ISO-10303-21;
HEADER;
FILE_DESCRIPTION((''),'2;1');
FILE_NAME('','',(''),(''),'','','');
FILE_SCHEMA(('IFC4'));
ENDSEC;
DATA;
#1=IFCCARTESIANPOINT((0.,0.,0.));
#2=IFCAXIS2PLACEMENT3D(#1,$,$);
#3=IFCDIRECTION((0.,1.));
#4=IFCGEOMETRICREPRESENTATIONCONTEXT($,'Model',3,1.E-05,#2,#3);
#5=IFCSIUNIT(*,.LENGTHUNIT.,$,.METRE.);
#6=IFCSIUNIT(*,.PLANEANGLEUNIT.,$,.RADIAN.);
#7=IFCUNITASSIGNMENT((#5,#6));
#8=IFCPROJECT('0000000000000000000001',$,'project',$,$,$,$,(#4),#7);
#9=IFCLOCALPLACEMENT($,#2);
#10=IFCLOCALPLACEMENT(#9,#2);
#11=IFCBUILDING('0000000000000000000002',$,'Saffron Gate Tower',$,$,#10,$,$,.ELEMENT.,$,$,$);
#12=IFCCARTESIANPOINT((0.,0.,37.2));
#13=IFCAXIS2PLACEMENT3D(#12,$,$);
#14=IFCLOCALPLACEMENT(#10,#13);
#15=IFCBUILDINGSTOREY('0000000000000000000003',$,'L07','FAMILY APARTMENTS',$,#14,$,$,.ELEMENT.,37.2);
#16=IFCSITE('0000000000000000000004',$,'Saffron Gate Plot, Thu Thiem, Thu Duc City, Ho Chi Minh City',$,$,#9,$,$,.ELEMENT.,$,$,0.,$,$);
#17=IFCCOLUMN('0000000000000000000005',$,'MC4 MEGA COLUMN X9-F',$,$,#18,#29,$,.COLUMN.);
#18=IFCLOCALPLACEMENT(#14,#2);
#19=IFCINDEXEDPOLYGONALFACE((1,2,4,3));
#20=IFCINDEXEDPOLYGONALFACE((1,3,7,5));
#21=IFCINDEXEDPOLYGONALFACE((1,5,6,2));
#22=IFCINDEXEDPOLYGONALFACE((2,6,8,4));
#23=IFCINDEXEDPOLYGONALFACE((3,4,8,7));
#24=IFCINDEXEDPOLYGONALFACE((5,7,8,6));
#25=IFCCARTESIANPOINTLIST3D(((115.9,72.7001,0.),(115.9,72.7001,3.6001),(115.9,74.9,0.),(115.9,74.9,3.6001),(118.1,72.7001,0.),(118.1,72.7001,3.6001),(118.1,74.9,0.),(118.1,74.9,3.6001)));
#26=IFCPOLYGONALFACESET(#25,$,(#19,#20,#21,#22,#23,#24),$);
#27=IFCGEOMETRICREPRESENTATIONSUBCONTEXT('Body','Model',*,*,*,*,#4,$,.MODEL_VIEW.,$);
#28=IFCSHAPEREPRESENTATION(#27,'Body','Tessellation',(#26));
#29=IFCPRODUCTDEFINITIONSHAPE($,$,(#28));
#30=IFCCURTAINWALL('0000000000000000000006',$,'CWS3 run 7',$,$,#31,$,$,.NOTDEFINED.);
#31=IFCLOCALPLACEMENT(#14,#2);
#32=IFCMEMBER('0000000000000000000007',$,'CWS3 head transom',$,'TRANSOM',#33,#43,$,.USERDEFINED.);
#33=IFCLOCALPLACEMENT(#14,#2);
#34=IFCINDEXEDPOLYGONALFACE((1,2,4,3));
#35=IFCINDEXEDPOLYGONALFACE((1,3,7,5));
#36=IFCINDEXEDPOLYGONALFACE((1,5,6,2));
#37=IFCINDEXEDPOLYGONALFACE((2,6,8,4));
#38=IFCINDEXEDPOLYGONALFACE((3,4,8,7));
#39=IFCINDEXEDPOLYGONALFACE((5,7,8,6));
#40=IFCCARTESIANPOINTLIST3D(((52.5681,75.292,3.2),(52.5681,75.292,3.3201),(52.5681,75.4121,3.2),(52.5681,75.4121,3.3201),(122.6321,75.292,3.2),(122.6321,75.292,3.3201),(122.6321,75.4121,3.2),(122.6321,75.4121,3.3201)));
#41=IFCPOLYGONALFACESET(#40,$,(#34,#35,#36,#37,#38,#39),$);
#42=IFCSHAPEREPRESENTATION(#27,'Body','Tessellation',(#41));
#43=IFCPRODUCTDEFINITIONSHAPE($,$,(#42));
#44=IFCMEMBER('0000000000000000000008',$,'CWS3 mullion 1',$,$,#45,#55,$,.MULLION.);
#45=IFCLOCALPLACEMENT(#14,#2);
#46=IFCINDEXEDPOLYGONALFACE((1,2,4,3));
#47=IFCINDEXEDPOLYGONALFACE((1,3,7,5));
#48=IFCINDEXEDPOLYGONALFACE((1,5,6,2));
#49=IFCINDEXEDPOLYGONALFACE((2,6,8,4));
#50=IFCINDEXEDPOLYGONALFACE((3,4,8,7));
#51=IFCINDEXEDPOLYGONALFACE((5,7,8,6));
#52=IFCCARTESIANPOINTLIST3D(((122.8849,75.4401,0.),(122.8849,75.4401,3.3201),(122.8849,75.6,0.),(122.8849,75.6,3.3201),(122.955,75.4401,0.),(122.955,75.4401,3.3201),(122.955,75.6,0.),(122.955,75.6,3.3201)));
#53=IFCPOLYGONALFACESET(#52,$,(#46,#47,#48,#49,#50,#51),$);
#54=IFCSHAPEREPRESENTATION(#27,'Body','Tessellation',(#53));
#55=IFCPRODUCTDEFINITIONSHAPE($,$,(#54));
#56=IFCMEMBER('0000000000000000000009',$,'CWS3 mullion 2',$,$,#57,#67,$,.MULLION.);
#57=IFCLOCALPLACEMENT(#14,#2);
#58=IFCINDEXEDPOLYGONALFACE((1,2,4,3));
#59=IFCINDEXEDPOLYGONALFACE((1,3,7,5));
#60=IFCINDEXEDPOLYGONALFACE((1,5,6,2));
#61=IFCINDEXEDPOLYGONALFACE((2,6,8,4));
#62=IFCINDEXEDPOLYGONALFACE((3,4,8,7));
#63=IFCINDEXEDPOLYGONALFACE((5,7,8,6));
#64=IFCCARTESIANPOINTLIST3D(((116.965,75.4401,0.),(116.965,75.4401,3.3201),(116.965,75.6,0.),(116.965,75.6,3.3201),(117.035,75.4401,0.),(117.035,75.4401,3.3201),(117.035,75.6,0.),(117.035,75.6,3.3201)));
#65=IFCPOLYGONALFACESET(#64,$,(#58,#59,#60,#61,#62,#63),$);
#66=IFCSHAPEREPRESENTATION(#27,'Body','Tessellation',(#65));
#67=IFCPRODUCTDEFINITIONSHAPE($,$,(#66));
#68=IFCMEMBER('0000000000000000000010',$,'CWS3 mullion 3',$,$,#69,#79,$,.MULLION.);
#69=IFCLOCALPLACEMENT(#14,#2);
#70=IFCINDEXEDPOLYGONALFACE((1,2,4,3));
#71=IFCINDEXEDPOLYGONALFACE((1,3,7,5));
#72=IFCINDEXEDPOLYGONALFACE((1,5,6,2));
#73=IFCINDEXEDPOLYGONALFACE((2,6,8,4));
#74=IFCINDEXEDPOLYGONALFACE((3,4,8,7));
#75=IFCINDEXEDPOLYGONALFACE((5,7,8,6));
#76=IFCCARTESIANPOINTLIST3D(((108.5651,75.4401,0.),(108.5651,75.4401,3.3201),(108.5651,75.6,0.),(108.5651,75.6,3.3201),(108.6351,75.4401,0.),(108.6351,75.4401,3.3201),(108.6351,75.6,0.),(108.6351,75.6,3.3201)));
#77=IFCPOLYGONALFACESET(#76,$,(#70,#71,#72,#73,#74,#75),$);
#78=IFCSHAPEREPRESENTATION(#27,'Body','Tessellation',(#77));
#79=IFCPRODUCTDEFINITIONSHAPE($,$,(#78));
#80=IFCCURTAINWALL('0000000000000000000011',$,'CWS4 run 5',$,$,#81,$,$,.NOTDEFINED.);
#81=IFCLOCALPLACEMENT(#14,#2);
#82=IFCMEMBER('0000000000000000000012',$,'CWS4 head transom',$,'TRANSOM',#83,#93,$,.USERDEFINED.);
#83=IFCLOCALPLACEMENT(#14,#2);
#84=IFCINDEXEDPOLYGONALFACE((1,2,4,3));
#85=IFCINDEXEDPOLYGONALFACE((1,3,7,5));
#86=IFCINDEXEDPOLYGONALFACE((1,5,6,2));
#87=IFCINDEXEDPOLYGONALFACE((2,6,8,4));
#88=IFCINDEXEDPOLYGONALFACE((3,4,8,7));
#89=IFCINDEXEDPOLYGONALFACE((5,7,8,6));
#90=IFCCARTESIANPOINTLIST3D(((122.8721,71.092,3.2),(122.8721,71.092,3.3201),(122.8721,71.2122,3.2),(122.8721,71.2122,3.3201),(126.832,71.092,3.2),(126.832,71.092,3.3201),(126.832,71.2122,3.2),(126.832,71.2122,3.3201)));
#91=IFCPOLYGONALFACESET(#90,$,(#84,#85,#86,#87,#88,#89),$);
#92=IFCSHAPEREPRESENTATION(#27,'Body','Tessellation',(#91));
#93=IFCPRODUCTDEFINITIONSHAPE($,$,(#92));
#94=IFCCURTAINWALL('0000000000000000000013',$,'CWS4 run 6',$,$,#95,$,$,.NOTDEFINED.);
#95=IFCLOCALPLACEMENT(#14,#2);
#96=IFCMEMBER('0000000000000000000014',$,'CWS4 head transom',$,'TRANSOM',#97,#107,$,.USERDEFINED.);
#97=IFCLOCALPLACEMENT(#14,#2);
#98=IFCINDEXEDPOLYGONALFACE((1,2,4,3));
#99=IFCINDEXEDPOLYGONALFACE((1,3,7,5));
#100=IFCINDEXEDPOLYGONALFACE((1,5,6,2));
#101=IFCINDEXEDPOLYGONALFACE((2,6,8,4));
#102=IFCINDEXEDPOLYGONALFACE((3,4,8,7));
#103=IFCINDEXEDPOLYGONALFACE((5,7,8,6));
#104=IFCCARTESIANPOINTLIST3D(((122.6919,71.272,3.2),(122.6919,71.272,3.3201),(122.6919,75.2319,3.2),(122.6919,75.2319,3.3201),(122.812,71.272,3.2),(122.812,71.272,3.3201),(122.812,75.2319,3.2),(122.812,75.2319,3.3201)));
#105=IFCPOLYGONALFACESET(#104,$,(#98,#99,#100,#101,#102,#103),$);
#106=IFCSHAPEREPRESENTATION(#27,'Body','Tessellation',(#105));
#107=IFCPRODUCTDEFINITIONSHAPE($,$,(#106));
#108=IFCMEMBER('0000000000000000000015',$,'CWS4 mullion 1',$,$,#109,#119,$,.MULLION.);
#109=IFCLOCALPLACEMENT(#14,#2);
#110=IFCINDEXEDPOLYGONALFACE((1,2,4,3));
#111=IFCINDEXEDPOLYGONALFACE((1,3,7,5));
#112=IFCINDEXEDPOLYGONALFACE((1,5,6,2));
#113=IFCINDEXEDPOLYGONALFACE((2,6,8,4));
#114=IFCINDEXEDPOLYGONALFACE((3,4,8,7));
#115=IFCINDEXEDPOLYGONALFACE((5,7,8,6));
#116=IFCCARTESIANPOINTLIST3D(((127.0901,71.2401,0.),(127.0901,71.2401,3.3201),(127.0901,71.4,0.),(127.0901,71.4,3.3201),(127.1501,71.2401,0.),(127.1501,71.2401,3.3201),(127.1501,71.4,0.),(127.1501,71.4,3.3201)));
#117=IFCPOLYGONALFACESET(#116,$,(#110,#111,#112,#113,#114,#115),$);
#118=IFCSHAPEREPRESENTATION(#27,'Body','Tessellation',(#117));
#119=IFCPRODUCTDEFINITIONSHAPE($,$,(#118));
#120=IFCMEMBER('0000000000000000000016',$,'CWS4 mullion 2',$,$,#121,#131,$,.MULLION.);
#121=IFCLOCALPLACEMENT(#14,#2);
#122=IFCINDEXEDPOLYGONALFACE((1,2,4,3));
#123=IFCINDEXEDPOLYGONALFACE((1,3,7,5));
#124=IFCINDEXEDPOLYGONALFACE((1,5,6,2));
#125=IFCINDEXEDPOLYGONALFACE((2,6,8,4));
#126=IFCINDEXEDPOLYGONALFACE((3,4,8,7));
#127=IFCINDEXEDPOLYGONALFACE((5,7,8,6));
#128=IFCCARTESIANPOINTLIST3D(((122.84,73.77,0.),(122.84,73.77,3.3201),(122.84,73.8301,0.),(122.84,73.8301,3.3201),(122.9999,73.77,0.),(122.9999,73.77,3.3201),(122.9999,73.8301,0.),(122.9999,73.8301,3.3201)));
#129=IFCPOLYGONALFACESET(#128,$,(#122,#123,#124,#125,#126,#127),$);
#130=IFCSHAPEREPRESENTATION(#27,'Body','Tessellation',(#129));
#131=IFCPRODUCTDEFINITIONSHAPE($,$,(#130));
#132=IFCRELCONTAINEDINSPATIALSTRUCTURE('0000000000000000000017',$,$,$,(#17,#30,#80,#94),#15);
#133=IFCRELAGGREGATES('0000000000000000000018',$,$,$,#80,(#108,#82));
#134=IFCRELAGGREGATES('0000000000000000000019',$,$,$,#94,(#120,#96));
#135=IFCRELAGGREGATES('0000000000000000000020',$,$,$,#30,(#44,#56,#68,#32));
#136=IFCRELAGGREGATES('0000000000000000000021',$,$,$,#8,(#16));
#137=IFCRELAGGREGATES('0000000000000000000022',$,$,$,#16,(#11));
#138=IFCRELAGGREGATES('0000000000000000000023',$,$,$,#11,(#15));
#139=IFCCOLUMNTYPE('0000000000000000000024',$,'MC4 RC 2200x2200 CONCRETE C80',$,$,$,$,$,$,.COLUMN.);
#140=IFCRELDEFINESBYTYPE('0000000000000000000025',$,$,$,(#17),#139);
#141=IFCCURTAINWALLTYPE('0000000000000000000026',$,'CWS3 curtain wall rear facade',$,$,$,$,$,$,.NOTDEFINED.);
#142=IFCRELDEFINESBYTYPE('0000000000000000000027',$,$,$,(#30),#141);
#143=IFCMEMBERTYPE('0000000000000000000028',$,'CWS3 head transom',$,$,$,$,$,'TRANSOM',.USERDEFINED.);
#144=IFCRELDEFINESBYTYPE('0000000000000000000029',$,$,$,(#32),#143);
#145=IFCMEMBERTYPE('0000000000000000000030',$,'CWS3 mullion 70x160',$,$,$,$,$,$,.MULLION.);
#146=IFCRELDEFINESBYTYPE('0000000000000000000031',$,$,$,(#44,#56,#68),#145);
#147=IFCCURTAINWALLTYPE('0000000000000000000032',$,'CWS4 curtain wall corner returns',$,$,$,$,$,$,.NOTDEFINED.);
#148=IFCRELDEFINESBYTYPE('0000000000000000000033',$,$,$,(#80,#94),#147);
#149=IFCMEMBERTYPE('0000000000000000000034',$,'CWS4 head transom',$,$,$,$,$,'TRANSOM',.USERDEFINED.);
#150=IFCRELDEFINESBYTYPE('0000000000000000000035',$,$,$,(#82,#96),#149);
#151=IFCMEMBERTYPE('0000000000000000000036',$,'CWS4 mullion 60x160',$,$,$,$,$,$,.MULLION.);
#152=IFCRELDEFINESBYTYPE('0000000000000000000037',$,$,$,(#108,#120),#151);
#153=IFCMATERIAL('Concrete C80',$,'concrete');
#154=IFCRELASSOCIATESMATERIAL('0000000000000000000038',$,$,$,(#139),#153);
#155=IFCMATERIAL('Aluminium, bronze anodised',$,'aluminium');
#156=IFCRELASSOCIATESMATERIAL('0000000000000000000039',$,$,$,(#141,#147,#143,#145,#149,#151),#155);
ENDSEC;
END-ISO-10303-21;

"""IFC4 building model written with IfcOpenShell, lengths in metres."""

from ifc_helpers import new_model, si_unit, direction, frame, origin, origin_2d, place, context, subcontext, project, spatial, rectangle, extrude, material, material_profile, profile_set, type_object, element, aggregate, save


model = new_model("IFC4")

# Units and contexts
model_context = context("Model", 3, precision=1e-05, world=origin(), true_north=direction((0.0, 1.0)))
body_context = subcontext(model_context, "Body", "Model", "MODEL_VIEW")
ifc_project = project(units=[si_unit("LENGTHUNIT", "METRE"), si_unit("PLANEANGLEUNIT", "RADIAN")], contexts=[model_context])

# Site, building, storey
site_placement = place(None, origin())
site = spatial("IfcSite", under=ifc_project, at=site_placement, Name="Saffron Gate Plot, Thu Thiem, Thu Duc City, Ho Chi Minh City", CompositionType="ELEMENT", RefElevation=0.0)
building_placement = place(site_placement, origin())
building = spatial("IfcBuilding", under=site, at=building_placement, Name="Saffron Gate Tower", CompositionType="ELEMENT")
storey_placement = place(building_placement, frame((0.0, 0.0, 37.2)))
storey = spatial("IfcBuildingStorey", under=building, at=storey_placement, Name="L07", Description="FAMILY APARTMENTS", CompositionType="ELEMENT", Elevation=37.2)

# Column
ifc_material_1 = material(Name="Concrete C80", Category="concrete")
ifc_material_profile_1 = material_profile(ifc_material_1, rectangle(XDim=2.2, YDim=2.2, at=origin_2d()))
ifc_profile_set_1 = profile_set([ifc_material_profile_1], Name="Concrete C80")
column_type = type_object("IfcColumnType", Name="MC4 RC 2200x2200 CONCRETE C80", PredefinedType="COLUMN", material=ifc_profile_set_1)
column_placement = place(storey_placement, frame((117.0, 73.8, 0.0), z_axis=(0.0, 0.0, 1.0), x_axis=(1.0, 0.0, 0.0)))
element("IfcColumn", 1, at=column_placement, inside=storey, type_object=column_type, Name="MC4 MEGA COLUMN X9-F", PredefinedType="COLUMN", context=body_context, shape_type="SweptSolid", body=[
    extrude(rectangle(XDim=2.2, YDim=2.2, at=origin_2d()), origin(), (0.0, 0.0, 1.0), 3.6001),
])

# Curtain wall, members
ifc_material_2 = material(Name="Aluminium, bronze anodised", Category="aluminium")
curtain_wall_type_1 = type_object("IfcCurtainWallType", Name="CWS3 curtain wall rear facade", PredefinedType="NOTDEFINED", material=ifc_material_2)
curtain_wall_1_placement = place(storey_placement, origin())
curtain_wall_1 = element("IfcCurtainWall", 2, at=curtain_wall_1_placement, inside=storey, type_object=curtain_wall_type_1, Name="CWS3 run 7", PredefinedType="NOTDEFINED")
ifc_material_profile_2 = material_profile(ifc_material_2, rectangle(XDim=0.1201, YDim=0.1201, at=origin_2d()))
ifc_profile_set_2 = profile_set([ifc_material_profile_2], Name="Aluminium, bronze anodised")
member_type_1 = type_object("IfcMemberType", Name="CWS3 head transom", ElementType="TRANSOM", PredefinedType="USERDEFINED", material=ifc_profile_set_2)
member_1_placement = place(storey_placement, frame((122.6321, 75.3521, 3.26), z_axis=(-1.0, 0.0, 0.0), x_axis=(0.0, -1.0, 0.0)))
member_1 = element("IfcMember", 3, at=member_1_placement, type_object=member_type_1, Name="CWS3 head transom", ObjectType="TRANSOM", PredefinedType="USERDEFINED", context=body_context, shape_type="SweptSolid", body=[
    extrude(rectangle(XDim=0.1201, YDim=0.1201, at=origin_2d()), origin(), (0.0, 0.0, 1.0), 70.064),
])
ifc_material_profile_3 = material_profile(ifc_material_2, rectangle(XDim=0.1599, YDim=0.0701, at=origin_2d()))
ifc_profile_set_3 = profile_set([ifc_material_profile_3], Name="Aluminium, bronze anodised")
member_type_2 = type_object("IfcMemberType", Name="CWS3 mullion 70x160", PredefinedType="MULLION", material=ifc_profile_set_3)
member_2_placement = place(storey_placement, frame((122.9199, 75.52, 0.0), z_axis=(0.0, 0.0, 1.0), x_axis=(0.0, -1.0, 0.0)))
member_2 = element("IfcMember", 4, at=member_2_placement, type_object=member_type_2, Name="CWS3 mullion 1", PredefinedType="MULLION", context=body_context, shape_type="SweptSolid", body=[
    extrude(rectangle(XDim=0.1599, YDim=0.0701, at=origin_2d()), origin(), (0.0, 0.0, 1.0), 3.3201),
])
member_3_placement = place(storey_placement, frame((117.0, 75.52, 0.0), z_axis=(0.0, 0.0, 1.0), x_axis=(0.0, -1.0, 0.0)))
member_3 = element("IfcMember", 5, at=member_3_placement, type_object=member_type_2, Name="CWS3 mullion 2", PredefinedType="MULLION", context=body_context, shape_type="SweptSolid", body=[
    extrude(rectangle(XDim=0.1599, YDim=0.0701, at=origin_2d()), origin(), (0.0, 0.0, 1.0), 3.3201),
])
member_4_placement = place(storey_placement, frame((108.6001, 75.52, 0.0), z_axis=(0.0, 0.0, 1.0), x_axis=(0.0, -1.0, 0.0)))
member_4 = element("IfcMember", 6, at=member_4_placement, type_object=member_type_2, Name="CWS3 mullion 3", PredefinedType="MULLION", context=body_context, shape_type="SweptSolid", body=[
    extrude(rectangle(XDim=0.1599, YDim=0.0701, at=origin_2d()), origin(), (0.0, 0.0, 1.0), 3.3201),
])

# Curtain walls, members
curtain_wall_type_2 = type_object("IfcCurtainWallType", Name="CWS4 curtain wall corner returns", PredefinedType="NOTDEFINED", material=ifc_material_2)
curtain_wall_2_placement = place(storey_placement, origin())
curtain_wall_2 = element("IfcCurtainWall", 7, at=curtain_wall_2_placement, inside=storey, type_object=curtain_wall_type_2, Name="CWS4 run 5", PredefinedType="NOTDEFINED")
ifc_material_profile_4 = material_profile(ifc_material_2, rectangle(XDim=0.1201, YDim=0.1201, at=origin_2d()))
ifc_profile_set_4 = profile_set([ifc_material_profile_4], Name="Aluminium, bronze anodised")
member_type_3 = type_object("IfcMemberType", Name="CWS4 head transom", ElementType="TRANSOM", PredefinedType="USERDEFINED", material=ifc_profile_set_4)
member_5_placement = place(storey_placement, frame((126.832, 71.1521, 3.26), z_axis=(-1.0, 0.0, 0.0), x_axis=(0.0, -1.0, 0.0)))
member_5 = element("IfcMember", 8, at=member_5_placement, type_object=member_type_3, Name="CWS4 head transom", ObjectType="TRANSOM", PredefinedType="USERDEFINED", context=body_context, shape_type="SweptSolid", body=[
    extrude(rectangle(XDim=0.1201, YDim=0.1201, at=origin_2d()), origin(), (0.0, 0.0, 1.0), 3.96),
])
curtain_wall_3_placement = place(storey_placement, origin())
curtain_wall_3 = element("IfcCurtainWall", 9, at=curtain_wall_3_placement, inside=storey, type_object=curtain_wall_type_2, Name="CWS4 run 6", PredefinedType="NOTDEFINED")
member_6_placement = place(storey_placement, frame((122.752, 71.272, 3.26), z_axis=(0.0, 1.0, 0.0), x_axis=(-1.0, 0.0, 0.0)))
member_6 = element("IfcMember", 10, at=member_6_placement, type_object=member_type_3, Name="CWS4 head transom", ObjectType="TRANSOM", PredefinedType="USERDEFINED", context=body_context, shape_type="SweptSolid", body=[
    extrude(rectangle(XDim=0.1201, YDim=0.1201, at=origin_2d()), origin(), (0.0, 0.0, 1.0), 3.96),
])

# Members
ifc_material_profile_5 = material_profile(ifc_material_2, rectangle(XDim=0.1599, YDim=0.0601, at=origin_2d()))
ifc_profile_set_5 = profile_set([ifc_material_profile_5], Name="Aluminium, bronze anodised")
member_type_4 = type_object("IfcMemberType", Name="CWS4 mullion 60x160", PredefinedType="MULLION", material=ifc_profile_set_5)
member_7_placement = place(storey_placement, frame((127.1201, 71.3201, 0.0), z_axis=(0.0, 0.0, 1.0), x_axis=(0.0, -1.0, 0.0)))
member_7 = element("IfcMember", 11, at=member_7_placement, type_object=member_type_4, Name="CWS4 mullion 1", PredefinedType="MULLION", context=body_context, shape_type="SweptSolid", body=[
    extrude(rectangle(XDim=0.1599, YDim=0.0601, at=origin_2d()), origin(), (0.0, 0.0, 1.0), 3.3201),
])
aggregate(curtain_wall_2, [member_7, member_5])
member_8_placement = place(storey_placement, frame((122.9199, 73.8, 0.0), z_axis=(0.0, 0.0, 1.0), x_axis=(-1.0, 0.0, 0.0)))
member_8 = element("IfcMember", 12, at=member_8_placement, type_object=member_type_4, Name="CWS4 mullion 2", PredefinedType="MULLION", context=body_context, shape_type="SweptSolid", body=[
    extrude(rectangle(XDim=0.1599, YDim=0.0601, at=origin_2d()), origin(), (0.0, 0.0, 1.0), 3.3201),
])
aggregate(curtain_wall_3, [member_8, member_6])

aggregate(curtain_wall_1, [member_2, member_3, member_4, member_1])

save(model, "model.ifc")
